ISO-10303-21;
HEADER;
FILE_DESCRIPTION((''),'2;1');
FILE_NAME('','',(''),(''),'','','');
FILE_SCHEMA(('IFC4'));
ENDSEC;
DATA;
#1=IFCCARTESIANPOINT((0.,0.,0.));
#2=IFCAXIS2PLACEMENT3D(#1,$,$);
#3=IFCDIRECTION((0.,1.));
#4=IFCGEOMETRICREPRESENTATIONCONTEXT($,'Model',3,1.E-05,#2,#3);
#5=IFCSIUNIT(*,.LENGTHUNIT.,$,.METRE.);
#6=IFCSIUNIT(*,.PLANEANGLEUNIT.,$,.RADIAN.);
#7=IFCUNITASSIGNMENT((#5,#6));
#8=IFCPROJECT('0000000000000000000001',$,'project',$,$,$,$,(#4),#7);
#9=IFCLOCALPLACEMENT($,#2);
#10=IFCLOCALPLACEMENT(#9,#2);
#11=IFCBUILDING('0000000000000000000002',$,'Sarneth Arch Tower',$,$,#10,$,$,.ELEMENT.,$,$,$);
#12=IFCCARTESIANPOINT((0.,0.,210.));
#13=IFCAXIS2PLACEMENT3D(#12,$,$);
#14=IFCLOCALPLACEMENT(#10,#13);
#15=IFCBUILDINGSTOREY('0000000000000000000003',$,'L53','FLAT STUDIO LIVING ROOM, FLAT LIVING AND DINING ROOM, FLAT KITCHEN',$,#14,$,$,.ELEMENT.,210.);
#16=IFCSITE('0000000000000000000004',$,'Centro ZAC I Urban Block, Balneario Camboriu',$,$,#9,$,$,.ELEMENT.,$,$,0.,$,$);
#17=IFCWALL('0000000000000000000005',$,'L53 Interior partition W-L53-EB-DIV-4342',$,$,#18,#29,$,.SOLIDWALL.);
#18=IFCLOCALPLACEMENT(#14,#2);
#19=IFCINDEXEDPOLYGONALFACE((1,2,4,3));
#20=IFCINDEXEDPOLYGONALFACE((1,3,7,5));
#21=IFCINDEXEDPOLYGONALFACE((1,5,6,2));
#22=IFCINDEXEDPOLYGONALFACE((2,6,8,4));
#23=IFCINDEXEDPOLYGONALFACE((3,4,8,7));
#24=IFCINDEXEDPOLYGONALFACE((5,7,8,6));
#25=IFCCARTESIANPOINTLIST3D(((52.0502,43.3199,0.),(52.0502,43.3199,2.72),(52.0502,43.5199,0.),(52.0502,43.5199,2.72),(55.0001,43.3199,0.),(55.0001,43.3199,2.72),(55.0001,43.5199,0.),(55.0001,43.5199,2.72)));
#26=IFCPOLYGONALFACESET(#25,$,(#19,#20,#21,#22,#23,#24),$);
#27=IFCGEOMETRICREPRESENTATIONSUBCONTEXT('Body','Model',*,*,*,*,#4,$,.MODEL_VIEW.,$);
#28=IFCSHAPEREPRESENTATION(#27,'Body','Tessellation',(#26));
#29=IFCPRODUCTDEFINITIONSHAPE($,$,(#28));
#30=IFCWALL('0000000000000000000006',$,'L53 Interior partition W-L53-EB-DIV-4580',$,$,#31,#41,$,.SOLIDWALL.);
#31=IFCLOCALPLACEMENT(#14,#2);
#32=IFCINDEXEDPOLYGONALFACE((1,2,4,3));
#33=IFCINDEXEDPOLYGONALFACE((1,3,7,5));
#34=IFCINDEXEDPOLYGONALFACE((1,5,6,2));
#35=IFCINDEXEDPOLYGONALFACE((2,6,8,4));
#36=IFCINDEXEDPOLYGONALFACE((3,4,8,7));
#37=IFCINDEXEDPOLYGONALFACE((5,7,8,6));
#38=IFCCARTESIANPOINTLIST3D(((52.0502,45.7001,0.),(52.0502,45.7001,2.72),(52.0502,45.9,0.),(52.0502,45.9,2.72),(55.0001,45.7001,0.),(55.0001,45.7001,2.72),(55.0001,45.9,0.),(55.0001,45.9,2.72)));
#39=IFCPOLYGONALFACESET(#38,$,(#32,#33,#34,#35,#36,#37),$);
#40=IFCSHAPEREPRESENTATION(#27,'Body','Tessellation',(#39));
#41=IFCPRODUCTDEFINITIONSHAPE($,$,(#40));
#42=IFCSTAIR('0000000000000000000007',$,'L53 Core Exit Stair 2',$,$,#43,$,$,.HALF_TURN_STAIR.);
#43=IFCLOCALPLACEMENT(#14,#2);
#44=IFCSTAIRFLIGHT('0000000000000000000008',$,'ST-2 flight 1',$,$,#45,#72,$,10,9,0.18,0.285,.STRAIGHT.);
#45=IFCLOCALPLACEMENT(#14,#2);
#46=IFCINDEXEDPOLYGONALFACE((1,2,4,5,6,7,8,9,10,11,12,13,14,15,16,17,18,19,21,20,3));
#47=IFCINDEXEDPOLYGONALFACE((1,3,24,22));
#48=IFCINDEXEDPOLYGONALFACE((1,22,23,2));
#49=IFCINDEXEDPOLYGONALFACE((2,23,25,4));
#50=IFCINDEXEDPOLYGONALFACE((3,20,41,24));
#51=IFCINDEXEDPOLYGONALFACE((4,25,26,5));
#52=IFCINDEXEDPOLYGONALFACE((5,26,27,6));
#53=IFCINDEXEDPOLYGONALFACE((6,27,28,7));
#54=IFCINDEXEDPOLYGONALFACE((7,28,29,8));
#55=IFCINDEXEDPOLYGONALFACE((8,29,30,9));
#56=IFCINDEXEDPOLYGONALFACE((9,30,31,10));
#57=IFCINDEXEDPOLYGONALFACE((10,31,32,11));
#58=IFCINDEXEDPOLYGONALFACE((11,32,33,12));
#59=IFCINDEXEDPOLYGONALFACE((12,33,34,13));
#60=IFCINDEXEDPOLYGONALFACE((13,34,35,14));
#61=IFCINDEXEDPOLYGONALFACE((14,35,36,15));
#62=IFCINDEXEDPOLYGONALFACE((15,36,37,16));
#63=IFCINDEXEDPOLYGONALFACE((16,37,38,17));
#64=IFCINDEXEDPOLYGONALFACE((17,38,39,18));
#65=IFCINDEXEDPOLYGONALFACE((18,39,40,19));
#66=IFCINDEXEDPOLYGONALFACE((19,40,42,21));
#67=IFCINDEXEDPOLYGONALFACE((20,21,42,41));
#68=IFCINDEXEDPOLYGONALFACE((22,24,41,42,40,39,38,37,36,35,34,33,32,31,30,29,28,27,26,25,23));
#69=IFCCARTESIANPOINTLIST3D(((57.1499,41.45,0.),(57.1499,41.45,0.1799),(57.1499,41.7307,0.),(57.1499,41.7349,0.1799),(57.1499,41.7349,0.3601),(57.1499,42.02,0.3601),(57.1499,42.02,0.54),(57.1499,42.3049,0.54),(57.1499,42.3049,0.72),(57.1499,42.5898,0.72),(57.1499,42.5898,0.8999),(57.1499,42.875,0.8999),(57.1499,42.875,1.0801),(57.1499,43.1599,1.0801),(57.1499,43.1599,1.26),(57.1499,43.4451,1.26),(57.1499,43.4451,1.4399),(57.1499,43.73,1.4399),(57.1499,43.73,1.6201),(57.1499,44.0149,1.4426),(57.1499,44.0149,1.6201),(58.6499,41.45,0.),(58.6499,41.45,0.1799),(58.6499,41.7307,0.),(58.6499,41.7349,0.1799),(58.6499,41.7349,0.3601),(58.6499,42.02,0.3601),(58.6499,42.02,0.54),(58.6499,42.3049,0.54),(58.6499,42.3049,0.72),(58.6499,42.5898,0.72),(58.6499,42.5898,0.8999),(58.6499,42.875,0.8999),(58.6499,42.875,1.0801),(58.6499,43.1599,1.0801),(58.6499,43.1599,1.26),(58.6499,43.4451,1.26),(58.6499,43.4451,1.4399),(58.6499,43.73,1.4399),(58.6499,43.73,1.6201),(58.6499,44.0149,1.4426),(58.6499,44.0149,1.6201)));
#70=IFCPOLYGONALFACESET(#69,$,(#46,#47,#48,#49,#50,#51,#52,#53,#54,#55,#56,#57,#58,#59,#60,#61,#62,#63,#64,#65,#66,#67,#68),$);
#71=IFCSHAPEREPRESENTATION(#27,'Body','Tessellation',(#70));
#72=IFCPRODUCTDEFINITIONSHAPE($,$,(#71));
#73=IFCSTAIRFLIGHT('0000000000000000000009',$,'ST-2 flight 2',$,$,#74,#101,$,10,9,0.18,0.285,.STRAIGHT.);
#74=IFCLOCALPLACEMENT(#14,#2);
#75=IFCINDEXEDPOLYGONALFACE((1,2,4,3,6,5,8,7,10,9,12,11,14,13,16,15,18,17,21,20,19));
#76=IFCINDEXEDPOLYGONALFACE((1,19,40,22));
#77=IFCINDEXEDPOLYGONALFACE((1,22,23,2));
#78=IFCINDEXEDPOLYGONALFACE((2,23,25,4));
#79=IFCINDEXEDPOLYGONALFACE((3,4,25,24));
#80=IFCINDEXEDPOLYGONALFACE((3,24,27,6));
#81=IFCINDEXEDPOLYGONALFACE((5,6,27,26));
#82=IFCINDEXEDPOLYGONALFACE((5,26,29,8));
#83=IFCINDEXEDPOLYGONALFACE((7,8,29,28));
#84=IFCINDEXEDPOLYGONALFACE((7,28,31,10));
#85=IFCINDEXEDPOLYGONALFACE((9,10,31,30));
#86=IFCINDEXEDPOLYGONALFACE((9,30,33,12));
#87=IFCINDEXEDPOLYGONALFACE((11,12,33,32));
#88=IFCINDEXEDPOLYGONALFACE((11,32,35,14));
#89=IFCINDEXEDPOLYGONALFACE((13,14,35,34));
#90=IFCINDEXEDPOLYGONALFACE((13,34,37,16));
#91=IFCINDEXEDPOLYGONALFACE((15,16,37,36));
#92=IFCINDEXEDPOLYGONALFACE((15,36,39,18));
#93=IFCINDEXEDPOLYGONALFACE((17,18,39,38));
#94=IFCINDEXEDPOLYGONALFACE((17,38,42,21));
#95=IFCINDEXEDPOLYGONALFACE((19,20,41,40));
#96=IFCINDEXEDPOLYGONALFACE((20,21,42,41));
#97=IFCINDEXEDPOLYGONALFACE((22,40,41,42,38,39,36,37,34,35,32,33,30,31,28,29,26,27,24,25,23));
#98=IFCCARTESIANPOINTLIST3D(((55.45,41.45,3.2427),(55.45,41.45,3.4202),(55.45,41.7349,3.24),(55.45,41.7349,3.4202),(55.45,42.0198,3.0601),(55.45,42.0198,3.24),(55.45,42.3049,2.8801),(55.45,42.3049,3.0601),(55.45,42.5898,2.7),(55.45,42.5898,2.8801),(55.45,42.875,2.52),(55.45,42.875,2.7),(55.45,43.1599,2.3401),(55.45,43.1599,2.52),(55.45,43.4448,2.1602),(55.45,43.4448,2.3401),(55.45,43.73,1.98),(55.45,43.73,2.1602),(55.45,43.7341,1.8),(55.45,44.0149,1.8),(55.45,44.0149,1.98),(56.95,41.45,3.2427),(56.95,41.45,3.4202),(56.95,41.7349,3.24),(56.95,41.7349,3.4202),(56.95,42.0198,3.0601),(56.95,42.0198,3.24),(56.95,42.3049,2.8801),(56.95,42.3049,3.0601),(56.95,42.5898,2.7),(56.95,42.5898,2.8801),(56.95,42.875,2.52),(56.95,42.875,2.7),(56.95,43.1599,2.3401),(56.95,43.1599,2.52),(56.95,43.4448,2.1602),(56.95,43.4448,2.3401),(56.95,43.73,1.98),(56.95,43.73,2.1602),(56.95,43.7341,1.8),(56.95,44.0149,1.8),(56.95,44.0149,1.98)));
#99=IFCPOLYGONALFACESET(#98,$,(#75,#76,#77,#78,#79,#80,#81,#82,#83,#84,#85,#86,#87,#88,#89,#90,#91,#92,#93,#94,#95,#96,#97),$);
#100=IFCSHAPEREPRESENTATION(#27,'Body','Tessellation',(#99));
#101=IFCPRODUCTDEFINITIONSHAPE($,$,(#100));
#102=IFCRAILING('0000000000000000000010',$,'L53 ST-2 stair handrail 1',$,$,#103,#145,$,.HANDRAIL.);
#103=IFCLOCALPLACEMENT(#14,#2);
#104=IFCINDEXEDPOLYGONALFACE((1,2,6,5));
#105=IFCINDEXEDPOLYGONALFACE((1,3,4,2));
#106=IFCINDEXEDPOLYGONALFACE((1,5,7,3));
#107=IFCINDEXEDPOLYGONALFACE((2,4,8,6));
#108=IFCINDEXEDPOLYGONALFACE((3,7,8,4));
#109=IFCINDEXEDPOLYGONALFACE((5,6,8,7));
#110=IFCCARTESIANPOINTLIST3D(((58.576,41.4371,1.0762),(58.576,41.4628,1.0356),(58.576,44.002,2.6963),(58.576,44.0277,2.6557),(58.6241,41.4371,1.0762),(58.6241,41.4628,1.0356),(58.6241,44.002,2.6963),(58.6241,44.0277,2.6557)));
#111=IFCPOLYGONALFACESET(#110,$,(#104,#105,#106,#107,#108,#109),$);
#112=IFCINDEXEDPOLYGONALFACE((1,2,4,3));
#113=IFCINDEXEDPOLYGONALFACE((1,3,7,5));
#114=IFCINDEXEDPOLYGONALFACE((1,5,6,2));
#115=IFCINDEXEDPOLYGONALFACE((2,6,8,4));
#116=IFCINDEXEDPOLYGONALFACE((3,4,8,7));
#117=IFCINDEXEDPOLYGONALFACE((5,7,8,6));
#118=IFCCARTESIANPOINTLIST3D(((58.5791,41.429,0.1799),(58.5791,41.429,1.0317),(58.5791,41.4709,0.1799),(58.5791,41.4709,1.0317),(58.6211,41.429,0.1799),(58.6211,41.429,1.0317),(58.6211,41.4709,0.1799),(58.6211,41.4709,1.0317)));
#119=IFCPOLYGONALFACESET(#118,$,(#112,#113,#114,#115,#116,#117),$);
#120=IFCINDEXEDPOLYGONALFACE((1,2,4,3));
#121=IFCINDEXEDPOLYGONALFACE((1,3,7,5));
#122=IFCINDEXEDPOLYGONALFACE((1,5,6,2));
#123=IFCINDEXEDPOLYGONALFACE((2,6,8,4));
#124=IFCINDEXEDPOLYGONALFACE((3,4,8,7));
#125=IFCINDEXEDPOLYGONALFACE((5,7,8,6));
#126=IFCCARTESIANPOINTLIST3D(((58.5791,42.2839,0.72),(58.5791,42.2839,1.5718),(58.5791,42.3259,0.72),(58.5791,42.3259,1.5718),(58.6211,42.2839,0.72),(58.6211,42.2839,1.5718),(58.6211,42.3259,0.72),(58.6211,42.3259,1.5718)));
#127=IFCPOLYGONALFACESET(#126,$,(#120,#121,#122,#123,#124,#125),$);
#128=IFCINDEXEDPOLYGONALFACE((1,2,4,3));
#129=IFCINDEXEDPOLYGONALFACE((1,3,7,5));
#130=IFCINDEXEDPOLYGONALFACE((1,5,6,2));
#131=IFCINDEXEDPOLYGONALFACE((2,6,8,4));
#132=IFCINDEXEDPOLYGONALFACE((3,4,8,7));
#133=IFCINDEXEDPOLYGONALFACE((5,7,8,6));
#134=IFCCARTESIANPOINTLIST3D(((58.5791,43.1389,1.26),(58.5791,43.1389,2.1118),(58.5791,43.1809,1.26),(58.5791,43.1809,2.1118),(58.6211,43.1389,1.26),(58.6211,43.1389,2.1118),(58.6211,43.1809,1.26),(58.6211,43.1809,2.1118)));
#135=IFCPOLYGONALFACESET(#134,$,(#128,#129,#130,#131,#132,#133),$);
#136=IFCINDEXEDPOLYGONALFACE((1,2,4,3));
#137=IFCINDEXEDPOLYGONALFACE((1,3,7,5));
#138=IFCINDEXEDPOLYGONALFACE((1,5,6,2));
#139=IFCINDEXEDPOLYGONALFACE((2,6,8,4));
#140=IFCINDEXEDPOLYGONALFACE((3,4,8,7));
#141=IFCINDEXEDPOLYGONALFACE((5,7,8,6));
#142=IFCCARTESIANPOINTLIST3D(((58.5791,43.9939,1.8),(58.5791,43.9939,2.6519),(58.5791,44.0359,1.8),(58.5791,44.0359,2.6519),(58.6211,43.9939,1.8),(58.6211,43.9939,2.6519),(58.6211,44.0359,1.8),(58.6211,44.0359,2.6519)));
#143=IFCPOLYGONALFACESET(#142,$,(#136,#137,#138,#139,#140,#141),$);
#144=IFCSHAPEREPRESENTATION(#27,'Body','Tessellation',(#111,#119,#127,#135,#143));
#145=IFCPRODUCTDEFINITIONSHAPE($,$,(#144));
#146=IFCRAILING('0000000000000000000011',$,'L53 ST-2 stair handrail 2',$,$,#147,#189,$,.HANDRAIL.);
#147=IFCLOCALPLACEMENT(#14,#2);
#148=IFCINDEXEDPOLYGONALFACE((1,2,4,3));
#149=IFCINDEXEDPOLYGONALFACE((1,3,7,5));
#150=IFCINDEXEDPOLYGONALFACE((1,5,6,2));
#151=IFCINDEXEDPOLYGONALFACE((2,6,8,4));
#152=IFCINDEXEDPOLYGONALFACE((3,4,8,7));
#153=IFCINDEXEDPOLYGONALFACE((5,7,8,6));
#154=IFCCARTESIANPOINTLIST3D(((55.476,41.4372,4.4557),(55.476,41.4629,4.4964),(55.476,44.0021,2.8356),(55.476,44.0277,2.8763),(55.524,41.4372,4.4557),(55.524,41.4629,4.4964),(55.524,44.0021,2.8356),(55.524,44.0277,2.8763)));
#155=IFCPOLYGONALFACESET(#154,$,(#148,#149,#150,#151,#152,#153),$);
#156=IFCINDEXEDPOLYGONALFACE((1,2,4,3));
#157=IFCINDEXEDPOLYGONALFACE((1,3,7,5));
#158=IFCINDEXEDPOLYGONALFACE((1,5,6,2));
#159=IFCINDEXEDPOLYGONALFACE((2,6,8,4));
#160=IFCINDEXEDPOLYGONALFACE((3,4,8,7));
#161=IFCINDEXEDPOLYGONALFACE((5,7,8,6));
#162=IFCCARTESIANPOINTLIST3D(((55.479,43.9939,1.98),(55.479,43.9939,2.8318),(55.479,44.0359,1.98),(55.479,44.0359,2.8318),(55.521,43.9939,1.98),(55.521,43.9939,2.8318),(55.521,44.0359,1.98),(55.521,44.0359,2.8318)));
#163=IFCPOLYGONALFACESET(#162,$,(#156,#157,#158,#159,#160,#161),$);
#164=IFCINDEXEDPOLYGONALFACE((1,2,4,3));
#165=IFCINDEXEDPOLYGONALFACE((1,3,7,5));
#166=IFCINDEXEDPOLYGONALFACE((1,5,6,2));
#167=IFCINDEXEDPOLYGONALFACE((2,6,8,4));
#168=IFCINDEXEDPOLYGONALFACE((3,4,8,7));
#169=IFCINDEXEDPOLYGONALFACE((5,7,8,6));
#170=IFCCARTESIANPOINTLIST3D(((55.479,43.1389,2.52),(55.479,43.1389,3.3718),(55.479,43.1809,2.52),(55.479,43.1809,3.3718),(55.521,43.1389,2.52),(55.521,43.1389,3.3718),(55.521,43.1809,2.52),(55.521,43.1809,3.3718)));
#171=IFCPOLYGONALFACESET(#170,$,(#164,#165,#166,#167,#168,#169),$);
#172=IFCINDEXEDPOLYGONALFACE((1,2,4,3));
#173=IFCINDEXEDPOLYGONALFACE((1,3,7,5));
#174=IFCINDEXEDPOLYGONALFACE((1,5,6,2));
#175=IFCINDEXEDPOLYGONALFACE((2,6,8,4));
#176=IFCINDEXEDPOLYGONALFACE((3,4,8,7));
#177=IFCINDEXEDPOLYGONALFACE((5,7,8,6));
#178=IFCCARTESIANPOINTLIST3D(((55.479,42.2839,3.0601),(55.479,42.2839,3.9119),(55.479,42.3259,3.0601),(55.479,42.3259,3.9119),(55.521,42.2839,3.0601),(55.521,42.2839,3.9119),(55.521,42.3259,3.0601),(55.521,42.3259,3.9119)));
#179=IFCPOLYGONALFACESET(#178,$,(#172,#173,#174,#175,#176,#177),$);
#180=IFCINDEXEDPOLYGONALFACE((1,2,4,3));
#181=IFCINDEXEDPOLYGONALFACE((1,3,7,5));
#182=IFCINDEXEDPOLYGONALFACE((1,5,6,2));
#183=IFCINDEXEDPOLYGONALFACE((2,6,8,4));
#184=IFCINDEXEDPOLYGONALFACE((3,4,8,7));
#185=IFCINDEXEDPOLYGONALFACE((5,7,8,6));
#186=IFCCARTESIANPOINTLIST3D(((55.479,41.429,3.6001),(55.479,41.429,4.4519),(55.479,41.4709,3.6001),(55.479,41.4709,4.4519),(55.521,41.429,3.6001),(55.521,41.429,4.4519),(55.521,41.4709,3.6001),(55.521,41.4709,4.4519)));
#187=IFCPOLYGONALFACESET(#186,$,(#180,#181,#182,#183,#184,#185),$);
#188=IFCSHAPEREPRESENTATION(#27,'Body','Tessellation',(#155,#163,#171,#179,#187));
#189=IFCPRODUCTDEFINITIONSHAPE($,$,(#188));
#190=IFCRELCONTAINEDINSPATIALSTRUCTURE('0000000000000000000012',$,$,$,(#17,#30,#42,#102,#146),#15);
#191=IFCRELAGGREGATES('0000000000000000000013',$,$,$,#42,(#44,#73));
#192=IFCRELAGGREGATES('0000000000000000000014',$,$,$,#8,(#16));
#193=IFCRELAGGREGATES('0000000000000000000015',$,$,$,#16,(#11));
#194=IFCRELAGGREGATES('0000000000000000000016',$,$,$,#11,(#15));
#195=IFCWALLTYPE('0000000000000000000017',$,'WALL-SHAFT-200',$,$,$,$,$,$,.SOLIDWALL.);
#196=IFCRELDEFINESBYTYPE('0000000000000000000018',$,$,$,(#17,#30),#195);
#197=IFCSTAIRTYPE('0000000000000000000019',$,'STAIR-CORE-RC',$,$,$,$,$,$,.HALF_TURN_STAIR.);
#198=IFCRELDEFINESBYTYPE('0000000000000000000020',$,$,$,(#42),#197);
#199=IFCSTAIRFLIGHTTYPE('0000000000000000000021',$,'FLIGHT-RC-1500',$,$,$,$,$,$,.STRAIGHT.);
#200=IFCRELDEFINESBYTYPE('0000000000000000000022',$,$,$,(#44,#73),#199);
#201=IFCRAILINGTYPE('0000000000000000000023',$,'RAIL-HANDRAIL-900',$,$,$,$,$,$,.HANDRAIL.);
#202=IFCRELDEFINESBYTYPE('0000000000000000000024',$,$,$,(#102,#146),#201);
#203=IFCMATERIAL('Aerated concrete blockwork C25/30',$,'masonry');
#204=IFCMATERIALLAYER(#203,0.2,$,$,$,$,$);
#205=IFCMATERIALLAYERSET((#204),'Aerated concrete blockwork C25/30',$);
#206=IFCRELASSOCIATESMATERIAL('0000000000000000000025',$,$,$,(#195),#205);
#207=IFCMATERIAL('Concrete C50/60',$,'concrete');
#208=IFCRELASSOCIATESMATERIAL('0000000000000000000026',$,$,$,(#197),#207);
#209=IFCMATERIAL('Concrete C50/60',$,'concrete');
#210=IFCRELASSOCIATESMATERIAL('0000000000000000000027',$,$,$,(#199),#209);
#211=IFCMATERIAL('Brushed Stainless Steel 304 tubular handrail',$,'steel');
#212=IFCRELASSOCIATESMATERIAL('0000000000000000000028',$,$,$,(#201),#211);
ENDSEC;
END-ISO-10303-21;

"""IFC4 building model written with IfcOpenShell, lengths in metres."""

from ifc_helpers import new_model, si_unit, direction, frame, frame_2d, origin, origin_2d, place, context, subcontext, project, spatial, polyline, rectangle, outline, extrude, material, layer, layer_set, type_object, element, aggregate, save


model = new_model("IFC4")

# Units and contexts
model_context = context("Model", 3, precision=1e-05, world=origin(), true_north=direction((0.0, 1.0)))
body_context = subcontext(model_context, "Body", "Model", "MODEL_VIEW")
ifc_project = project(units=[si_unit("LENGTHUNIT", "METRE"), si_unit("PLANEANGLEUNIT", "RADIAN")], contexts=[model_context])

# Site, building, storey
site_placement = place(None, origin())
site = spatial("IfcSite", under=ifc_project, at=site_placement, Name="Centro ZAC I Urban Block, Balneario Camboriu", CompositionType="ELEMENT", RefElevation=0.0)
building_placement = place(site_placement, origin())
building = spatial("IfcBuilding", under=site, at=building_placement, Name="Sarneth Arch Tower", CompositionType="ELEMENT")
storey_placement = place(building_placement, frame((0.0, 0.0, 210.0)))
storey = spatial("IfcBuildingStorey", under=building, at=storey_placement, Name="L53", Description="FLAT STUDIO LIVING ROOM, FLAT LIVING AND DINING ROOM, FLAT KITCHEN", CompositionType="ELEMENT", Elevation=210.0)

# Walls
ifc_material_1 = material(Name="Aerated concrete blockwork C25/30", Category="masonry")
ifc_layer_1 = layer(ifc_material_1, 0.2)
ifc_layer_set_1 = layer_set([ifc_layer_1], Name="Aerated concrete blockwork C25/30")
wall_type_1 = type_object("IfcWallType", Name="WALL-SHAFT-200", PredefinedType="SOLIDWALL", material=ifc_layer_set_1)
for number, where, z_axis, x_axis, name in (
    (1, (52.05, 43.4199, 0.0), (0.0, 0.0, 1.0), (1.0, 0.0, 0.0), "L53 Interior partition W-L53-EB-DIV-4342"),
    (2, (52.05, 45.8, 0.0), (0.0, 0.0, 1.0), (1.0, 0.0, 0.0), "L53 Interior partition W-L53-EB-DIV-4580"),
):
    element("IfcWall", number, at=place(storey_placement, frame(where, z_axis=z_axis, x_axis=x_axis)), inside=storey, type_object=wall_type_1, Name=name, PredefinedType="SOLIDWALL", context=body_context, shape_type="SweptSolid", body=[
        extrude(rectangle(XDim=2.95, YDim=0.2, at=frame_2d((1.4751, 0.0))), origin(), (0.0, 0.0, 1.0), 2.72),
    ])

# Stair, stair flights
ifc_material_2 = material(Name="Concrete C50/60", Category="concrete")
stair_type = type_object("IfcStairType", Name="STAIR-CORE-RC", PredefinedType="HALF_TURN_STAIR", material=ifc_material_2)
stair_placement = place(storey_placement, origin())
stair = element("IfcStair", 3, at=stair_placement, inside=storey, type_object=stair_type, Name="L53 Core Exit Stair 2", PredefinedType="HALF_TURN_STAIR")
ifc_material_3 = material(Name="Concrete C50/60", Category="concrete")
stair_flight_type = type_object("IfcStairFlightType", Name="FLIGHT-RC-1500", PredefinedType="STRAIGHT", material=ifc_material_3)
stair_flight_1_placement = place(storey_placement, frame((57.8999, 41.45, 0.0), z_axis=(0.0, 0.0, 1.0), x_axis=(0.0, 1.0, 0.0)))
stair_flight_1 = element("IfcStairFlight", 4, at=stair_flight_1_placement, type_object=stair_flight_type, Name="ST-2 flight 1", NumberOfRisers=10, NumberOfTreads=9, PredefinedType="STRAIGHT", RiserHeight=0.18, TreadLength=0.285, context=body_context, shape_type="SweptSolid", body=[
    extrude(outline(polyline([(0.0, 0.0), (0.0, 0.1799), (0.2849, 0.1799), (0.2849, 0.3601), (0.5701, 0.3601), (0.5701, 0.54), (0.855, 0.54), (0.855, 0.72), (1.1399, 0.72), (1.1399, 0.8999), (1.425, 0.8999), (1.425, 1.0801), (1.71, 1.0801), (1.71, 1.26), (1.9951, 1.26), (1.9951, 1.4399), (2.28, 1.4399), (2.28, 1.6201), (2.5649, 1.6201), (2.5649, 1.8), (2.5649, 1.4426), (0.2808, 0.0), (0.0, 0.0)])), frame((0.0, 0.75, 0.0), z_axis=(0.0, -1.0, 0.0), x_axis=(1.0, 0.0, 0.0)), (0.0, 0.0, 1.0), 1.5),
])
stair_flight_2_placement = place(storey_placement, frame((56.2, 44.0149, 1.8), z_axis=(0.0, 0.0, 1.0), x_axis=(0.0, -1.0, 0.0)))
stair_flight_2 = element("IfcStairFlight", 5, at=stair_flight_2_placement, type_object=stair_flight_type, Name="ST-2 flight 2", NumberOfRisers=10, NumberOfTreads=9, PredefinedType="STRAIGHT", RiserHeight=0.18, TreadLength=0.285, context=body_context, shape_type="SweptSolid", body=[
    extrude(outline(polyline([(0.0, 0.0), (0.0, 0.1799), (0.2849, 0.1799), (0.2849, 0.3601), (0.5701, 0.3601), (0.5701, 0.54), (0.855, 0.54), (0.855, 0.72), (1.1399, 0.72), (1.1399, 0.8999), (1.425, 0.8999), (1.425, 1.0801), (1.71, 1.0801), (1.71, 1.26), (1.9951, 1.26), (1.9951, 1.4399), (2.28, 1.4399), (2.28, 1.6201), (2.5649, 1.6201), (2.5649, 1.8), (2.5649, 1.4426), (0.2808, 0.0), (0.0, 0.0)])), frame((0.0, 0.75, 0.0), z_axis=(0.0, -1.0, 0.0), x_axis=(1.0, 0.0, 0.0)), (0.0, 0.0, 1.0), 1.5),
])
aggregate(stair, [stair_flight_1, stair_flight_2])

# Railings
ifc_material_4 = material(Name="Brushed Stainless Steel 304 tubular handrail", Category="steel")
railing_type_1 = type_object("IfcRailingType", Name="RAIL-HANDRAIL-900", PredefinedType="HANDRAIL", material=ifc_material_4)
railing_1_placement = place(storey_placement, frame((58.6001, 41.45, 0.1799)))
element("IfcRailing", 6, at=railing_1_placement, inside=storey, type_object=railing_type_1, Name="L53 ST-2 stair handrail 1", PredefinedType="HANDRAIL", context=body_context, shape_type="SweptSolid", body=[
    extrude(rectangle(XDim=0.0481, YDim=0.0481, at=origin_2d()), frame((0.0, 0.0, 0.876), z_axis=(0.0, 0.845466, 0.534029), x_axis=(-1.0, 0.0, 0.0)), (0.0, 0.0, 1.0), 3.0337),
    extrude(rectangle(XDim=0.042, YDim=0.042, at=origin_2d()), origin(), (0.0, 0.0, 1.0), 0.8518),
    extrude(rectangle(XDim=0.042, YDim=0.042, at=origin_2d()), frame((0.0, 0.855, 0.54)), (0.0, 0.0, 1.0), 0.8518),
    extrude(rectangle(XDim=0.042, YDim=0.042, at=origin_2d()), frame((0.0, 1.71, 1.0801)), (0.0, 0.0, 1.0), 0.8518),
    extrude(rectangle(XDim=0.042, YDim=0.042, at=origin_2d()), frame((0.0, 2.5649, 1.6201)), (0.0, 0.0, 1.0), 0.8518),
])
railing_2_placement = place(storey_placement, frame((55.5, 44.0149, 1.98)))
element("IfcRailing", 7, at=railing_2_placement, inside=storey, type_object=railing_type_1, Name="L53 ST-2 stair handrail 2", PredefinedType="HANDRAIL", context=body_context, shape_type="SweptSolid", body=[
    extrude(rectangle(XDim=0.0481, YDim=0.0481, at=origin_2d()), frame((0.0, 0.0, 0.876), z_axis=(0.0, -0.845466, 0.534029), x_axis=(1.0, 0.0, 0.0)), (0.0, 0.0, 1.0), 3.0337),
    extrude(rectangle(XDim=0.042, YDim=0.042, at=origin_2d()), origin(), (0.0, 0.0, 1.0), 0.8518),
    extrude(rectangle(XDim=0.042, YDim=0.042, at=origin_2d()), frame((0.0, -0.855, 0.54)), (0.0, 0.0, 1.0), 0.8518),
    extrude(rectangle(XDim=0.042, YDim=0.042, at=origin_2d()), frame((0.0, -1.71, 1.0801)), (0.0, 0.0, 1.0), 0.8518),
    extrude(rectangle(XDim=0.042, YDim=0.042, at=origin_2d()), frame((0.0, -2.5649, 1.6201)), (0.0, 0.0, 1.0), 0.8518),
])

save(model, "model.ifc")
